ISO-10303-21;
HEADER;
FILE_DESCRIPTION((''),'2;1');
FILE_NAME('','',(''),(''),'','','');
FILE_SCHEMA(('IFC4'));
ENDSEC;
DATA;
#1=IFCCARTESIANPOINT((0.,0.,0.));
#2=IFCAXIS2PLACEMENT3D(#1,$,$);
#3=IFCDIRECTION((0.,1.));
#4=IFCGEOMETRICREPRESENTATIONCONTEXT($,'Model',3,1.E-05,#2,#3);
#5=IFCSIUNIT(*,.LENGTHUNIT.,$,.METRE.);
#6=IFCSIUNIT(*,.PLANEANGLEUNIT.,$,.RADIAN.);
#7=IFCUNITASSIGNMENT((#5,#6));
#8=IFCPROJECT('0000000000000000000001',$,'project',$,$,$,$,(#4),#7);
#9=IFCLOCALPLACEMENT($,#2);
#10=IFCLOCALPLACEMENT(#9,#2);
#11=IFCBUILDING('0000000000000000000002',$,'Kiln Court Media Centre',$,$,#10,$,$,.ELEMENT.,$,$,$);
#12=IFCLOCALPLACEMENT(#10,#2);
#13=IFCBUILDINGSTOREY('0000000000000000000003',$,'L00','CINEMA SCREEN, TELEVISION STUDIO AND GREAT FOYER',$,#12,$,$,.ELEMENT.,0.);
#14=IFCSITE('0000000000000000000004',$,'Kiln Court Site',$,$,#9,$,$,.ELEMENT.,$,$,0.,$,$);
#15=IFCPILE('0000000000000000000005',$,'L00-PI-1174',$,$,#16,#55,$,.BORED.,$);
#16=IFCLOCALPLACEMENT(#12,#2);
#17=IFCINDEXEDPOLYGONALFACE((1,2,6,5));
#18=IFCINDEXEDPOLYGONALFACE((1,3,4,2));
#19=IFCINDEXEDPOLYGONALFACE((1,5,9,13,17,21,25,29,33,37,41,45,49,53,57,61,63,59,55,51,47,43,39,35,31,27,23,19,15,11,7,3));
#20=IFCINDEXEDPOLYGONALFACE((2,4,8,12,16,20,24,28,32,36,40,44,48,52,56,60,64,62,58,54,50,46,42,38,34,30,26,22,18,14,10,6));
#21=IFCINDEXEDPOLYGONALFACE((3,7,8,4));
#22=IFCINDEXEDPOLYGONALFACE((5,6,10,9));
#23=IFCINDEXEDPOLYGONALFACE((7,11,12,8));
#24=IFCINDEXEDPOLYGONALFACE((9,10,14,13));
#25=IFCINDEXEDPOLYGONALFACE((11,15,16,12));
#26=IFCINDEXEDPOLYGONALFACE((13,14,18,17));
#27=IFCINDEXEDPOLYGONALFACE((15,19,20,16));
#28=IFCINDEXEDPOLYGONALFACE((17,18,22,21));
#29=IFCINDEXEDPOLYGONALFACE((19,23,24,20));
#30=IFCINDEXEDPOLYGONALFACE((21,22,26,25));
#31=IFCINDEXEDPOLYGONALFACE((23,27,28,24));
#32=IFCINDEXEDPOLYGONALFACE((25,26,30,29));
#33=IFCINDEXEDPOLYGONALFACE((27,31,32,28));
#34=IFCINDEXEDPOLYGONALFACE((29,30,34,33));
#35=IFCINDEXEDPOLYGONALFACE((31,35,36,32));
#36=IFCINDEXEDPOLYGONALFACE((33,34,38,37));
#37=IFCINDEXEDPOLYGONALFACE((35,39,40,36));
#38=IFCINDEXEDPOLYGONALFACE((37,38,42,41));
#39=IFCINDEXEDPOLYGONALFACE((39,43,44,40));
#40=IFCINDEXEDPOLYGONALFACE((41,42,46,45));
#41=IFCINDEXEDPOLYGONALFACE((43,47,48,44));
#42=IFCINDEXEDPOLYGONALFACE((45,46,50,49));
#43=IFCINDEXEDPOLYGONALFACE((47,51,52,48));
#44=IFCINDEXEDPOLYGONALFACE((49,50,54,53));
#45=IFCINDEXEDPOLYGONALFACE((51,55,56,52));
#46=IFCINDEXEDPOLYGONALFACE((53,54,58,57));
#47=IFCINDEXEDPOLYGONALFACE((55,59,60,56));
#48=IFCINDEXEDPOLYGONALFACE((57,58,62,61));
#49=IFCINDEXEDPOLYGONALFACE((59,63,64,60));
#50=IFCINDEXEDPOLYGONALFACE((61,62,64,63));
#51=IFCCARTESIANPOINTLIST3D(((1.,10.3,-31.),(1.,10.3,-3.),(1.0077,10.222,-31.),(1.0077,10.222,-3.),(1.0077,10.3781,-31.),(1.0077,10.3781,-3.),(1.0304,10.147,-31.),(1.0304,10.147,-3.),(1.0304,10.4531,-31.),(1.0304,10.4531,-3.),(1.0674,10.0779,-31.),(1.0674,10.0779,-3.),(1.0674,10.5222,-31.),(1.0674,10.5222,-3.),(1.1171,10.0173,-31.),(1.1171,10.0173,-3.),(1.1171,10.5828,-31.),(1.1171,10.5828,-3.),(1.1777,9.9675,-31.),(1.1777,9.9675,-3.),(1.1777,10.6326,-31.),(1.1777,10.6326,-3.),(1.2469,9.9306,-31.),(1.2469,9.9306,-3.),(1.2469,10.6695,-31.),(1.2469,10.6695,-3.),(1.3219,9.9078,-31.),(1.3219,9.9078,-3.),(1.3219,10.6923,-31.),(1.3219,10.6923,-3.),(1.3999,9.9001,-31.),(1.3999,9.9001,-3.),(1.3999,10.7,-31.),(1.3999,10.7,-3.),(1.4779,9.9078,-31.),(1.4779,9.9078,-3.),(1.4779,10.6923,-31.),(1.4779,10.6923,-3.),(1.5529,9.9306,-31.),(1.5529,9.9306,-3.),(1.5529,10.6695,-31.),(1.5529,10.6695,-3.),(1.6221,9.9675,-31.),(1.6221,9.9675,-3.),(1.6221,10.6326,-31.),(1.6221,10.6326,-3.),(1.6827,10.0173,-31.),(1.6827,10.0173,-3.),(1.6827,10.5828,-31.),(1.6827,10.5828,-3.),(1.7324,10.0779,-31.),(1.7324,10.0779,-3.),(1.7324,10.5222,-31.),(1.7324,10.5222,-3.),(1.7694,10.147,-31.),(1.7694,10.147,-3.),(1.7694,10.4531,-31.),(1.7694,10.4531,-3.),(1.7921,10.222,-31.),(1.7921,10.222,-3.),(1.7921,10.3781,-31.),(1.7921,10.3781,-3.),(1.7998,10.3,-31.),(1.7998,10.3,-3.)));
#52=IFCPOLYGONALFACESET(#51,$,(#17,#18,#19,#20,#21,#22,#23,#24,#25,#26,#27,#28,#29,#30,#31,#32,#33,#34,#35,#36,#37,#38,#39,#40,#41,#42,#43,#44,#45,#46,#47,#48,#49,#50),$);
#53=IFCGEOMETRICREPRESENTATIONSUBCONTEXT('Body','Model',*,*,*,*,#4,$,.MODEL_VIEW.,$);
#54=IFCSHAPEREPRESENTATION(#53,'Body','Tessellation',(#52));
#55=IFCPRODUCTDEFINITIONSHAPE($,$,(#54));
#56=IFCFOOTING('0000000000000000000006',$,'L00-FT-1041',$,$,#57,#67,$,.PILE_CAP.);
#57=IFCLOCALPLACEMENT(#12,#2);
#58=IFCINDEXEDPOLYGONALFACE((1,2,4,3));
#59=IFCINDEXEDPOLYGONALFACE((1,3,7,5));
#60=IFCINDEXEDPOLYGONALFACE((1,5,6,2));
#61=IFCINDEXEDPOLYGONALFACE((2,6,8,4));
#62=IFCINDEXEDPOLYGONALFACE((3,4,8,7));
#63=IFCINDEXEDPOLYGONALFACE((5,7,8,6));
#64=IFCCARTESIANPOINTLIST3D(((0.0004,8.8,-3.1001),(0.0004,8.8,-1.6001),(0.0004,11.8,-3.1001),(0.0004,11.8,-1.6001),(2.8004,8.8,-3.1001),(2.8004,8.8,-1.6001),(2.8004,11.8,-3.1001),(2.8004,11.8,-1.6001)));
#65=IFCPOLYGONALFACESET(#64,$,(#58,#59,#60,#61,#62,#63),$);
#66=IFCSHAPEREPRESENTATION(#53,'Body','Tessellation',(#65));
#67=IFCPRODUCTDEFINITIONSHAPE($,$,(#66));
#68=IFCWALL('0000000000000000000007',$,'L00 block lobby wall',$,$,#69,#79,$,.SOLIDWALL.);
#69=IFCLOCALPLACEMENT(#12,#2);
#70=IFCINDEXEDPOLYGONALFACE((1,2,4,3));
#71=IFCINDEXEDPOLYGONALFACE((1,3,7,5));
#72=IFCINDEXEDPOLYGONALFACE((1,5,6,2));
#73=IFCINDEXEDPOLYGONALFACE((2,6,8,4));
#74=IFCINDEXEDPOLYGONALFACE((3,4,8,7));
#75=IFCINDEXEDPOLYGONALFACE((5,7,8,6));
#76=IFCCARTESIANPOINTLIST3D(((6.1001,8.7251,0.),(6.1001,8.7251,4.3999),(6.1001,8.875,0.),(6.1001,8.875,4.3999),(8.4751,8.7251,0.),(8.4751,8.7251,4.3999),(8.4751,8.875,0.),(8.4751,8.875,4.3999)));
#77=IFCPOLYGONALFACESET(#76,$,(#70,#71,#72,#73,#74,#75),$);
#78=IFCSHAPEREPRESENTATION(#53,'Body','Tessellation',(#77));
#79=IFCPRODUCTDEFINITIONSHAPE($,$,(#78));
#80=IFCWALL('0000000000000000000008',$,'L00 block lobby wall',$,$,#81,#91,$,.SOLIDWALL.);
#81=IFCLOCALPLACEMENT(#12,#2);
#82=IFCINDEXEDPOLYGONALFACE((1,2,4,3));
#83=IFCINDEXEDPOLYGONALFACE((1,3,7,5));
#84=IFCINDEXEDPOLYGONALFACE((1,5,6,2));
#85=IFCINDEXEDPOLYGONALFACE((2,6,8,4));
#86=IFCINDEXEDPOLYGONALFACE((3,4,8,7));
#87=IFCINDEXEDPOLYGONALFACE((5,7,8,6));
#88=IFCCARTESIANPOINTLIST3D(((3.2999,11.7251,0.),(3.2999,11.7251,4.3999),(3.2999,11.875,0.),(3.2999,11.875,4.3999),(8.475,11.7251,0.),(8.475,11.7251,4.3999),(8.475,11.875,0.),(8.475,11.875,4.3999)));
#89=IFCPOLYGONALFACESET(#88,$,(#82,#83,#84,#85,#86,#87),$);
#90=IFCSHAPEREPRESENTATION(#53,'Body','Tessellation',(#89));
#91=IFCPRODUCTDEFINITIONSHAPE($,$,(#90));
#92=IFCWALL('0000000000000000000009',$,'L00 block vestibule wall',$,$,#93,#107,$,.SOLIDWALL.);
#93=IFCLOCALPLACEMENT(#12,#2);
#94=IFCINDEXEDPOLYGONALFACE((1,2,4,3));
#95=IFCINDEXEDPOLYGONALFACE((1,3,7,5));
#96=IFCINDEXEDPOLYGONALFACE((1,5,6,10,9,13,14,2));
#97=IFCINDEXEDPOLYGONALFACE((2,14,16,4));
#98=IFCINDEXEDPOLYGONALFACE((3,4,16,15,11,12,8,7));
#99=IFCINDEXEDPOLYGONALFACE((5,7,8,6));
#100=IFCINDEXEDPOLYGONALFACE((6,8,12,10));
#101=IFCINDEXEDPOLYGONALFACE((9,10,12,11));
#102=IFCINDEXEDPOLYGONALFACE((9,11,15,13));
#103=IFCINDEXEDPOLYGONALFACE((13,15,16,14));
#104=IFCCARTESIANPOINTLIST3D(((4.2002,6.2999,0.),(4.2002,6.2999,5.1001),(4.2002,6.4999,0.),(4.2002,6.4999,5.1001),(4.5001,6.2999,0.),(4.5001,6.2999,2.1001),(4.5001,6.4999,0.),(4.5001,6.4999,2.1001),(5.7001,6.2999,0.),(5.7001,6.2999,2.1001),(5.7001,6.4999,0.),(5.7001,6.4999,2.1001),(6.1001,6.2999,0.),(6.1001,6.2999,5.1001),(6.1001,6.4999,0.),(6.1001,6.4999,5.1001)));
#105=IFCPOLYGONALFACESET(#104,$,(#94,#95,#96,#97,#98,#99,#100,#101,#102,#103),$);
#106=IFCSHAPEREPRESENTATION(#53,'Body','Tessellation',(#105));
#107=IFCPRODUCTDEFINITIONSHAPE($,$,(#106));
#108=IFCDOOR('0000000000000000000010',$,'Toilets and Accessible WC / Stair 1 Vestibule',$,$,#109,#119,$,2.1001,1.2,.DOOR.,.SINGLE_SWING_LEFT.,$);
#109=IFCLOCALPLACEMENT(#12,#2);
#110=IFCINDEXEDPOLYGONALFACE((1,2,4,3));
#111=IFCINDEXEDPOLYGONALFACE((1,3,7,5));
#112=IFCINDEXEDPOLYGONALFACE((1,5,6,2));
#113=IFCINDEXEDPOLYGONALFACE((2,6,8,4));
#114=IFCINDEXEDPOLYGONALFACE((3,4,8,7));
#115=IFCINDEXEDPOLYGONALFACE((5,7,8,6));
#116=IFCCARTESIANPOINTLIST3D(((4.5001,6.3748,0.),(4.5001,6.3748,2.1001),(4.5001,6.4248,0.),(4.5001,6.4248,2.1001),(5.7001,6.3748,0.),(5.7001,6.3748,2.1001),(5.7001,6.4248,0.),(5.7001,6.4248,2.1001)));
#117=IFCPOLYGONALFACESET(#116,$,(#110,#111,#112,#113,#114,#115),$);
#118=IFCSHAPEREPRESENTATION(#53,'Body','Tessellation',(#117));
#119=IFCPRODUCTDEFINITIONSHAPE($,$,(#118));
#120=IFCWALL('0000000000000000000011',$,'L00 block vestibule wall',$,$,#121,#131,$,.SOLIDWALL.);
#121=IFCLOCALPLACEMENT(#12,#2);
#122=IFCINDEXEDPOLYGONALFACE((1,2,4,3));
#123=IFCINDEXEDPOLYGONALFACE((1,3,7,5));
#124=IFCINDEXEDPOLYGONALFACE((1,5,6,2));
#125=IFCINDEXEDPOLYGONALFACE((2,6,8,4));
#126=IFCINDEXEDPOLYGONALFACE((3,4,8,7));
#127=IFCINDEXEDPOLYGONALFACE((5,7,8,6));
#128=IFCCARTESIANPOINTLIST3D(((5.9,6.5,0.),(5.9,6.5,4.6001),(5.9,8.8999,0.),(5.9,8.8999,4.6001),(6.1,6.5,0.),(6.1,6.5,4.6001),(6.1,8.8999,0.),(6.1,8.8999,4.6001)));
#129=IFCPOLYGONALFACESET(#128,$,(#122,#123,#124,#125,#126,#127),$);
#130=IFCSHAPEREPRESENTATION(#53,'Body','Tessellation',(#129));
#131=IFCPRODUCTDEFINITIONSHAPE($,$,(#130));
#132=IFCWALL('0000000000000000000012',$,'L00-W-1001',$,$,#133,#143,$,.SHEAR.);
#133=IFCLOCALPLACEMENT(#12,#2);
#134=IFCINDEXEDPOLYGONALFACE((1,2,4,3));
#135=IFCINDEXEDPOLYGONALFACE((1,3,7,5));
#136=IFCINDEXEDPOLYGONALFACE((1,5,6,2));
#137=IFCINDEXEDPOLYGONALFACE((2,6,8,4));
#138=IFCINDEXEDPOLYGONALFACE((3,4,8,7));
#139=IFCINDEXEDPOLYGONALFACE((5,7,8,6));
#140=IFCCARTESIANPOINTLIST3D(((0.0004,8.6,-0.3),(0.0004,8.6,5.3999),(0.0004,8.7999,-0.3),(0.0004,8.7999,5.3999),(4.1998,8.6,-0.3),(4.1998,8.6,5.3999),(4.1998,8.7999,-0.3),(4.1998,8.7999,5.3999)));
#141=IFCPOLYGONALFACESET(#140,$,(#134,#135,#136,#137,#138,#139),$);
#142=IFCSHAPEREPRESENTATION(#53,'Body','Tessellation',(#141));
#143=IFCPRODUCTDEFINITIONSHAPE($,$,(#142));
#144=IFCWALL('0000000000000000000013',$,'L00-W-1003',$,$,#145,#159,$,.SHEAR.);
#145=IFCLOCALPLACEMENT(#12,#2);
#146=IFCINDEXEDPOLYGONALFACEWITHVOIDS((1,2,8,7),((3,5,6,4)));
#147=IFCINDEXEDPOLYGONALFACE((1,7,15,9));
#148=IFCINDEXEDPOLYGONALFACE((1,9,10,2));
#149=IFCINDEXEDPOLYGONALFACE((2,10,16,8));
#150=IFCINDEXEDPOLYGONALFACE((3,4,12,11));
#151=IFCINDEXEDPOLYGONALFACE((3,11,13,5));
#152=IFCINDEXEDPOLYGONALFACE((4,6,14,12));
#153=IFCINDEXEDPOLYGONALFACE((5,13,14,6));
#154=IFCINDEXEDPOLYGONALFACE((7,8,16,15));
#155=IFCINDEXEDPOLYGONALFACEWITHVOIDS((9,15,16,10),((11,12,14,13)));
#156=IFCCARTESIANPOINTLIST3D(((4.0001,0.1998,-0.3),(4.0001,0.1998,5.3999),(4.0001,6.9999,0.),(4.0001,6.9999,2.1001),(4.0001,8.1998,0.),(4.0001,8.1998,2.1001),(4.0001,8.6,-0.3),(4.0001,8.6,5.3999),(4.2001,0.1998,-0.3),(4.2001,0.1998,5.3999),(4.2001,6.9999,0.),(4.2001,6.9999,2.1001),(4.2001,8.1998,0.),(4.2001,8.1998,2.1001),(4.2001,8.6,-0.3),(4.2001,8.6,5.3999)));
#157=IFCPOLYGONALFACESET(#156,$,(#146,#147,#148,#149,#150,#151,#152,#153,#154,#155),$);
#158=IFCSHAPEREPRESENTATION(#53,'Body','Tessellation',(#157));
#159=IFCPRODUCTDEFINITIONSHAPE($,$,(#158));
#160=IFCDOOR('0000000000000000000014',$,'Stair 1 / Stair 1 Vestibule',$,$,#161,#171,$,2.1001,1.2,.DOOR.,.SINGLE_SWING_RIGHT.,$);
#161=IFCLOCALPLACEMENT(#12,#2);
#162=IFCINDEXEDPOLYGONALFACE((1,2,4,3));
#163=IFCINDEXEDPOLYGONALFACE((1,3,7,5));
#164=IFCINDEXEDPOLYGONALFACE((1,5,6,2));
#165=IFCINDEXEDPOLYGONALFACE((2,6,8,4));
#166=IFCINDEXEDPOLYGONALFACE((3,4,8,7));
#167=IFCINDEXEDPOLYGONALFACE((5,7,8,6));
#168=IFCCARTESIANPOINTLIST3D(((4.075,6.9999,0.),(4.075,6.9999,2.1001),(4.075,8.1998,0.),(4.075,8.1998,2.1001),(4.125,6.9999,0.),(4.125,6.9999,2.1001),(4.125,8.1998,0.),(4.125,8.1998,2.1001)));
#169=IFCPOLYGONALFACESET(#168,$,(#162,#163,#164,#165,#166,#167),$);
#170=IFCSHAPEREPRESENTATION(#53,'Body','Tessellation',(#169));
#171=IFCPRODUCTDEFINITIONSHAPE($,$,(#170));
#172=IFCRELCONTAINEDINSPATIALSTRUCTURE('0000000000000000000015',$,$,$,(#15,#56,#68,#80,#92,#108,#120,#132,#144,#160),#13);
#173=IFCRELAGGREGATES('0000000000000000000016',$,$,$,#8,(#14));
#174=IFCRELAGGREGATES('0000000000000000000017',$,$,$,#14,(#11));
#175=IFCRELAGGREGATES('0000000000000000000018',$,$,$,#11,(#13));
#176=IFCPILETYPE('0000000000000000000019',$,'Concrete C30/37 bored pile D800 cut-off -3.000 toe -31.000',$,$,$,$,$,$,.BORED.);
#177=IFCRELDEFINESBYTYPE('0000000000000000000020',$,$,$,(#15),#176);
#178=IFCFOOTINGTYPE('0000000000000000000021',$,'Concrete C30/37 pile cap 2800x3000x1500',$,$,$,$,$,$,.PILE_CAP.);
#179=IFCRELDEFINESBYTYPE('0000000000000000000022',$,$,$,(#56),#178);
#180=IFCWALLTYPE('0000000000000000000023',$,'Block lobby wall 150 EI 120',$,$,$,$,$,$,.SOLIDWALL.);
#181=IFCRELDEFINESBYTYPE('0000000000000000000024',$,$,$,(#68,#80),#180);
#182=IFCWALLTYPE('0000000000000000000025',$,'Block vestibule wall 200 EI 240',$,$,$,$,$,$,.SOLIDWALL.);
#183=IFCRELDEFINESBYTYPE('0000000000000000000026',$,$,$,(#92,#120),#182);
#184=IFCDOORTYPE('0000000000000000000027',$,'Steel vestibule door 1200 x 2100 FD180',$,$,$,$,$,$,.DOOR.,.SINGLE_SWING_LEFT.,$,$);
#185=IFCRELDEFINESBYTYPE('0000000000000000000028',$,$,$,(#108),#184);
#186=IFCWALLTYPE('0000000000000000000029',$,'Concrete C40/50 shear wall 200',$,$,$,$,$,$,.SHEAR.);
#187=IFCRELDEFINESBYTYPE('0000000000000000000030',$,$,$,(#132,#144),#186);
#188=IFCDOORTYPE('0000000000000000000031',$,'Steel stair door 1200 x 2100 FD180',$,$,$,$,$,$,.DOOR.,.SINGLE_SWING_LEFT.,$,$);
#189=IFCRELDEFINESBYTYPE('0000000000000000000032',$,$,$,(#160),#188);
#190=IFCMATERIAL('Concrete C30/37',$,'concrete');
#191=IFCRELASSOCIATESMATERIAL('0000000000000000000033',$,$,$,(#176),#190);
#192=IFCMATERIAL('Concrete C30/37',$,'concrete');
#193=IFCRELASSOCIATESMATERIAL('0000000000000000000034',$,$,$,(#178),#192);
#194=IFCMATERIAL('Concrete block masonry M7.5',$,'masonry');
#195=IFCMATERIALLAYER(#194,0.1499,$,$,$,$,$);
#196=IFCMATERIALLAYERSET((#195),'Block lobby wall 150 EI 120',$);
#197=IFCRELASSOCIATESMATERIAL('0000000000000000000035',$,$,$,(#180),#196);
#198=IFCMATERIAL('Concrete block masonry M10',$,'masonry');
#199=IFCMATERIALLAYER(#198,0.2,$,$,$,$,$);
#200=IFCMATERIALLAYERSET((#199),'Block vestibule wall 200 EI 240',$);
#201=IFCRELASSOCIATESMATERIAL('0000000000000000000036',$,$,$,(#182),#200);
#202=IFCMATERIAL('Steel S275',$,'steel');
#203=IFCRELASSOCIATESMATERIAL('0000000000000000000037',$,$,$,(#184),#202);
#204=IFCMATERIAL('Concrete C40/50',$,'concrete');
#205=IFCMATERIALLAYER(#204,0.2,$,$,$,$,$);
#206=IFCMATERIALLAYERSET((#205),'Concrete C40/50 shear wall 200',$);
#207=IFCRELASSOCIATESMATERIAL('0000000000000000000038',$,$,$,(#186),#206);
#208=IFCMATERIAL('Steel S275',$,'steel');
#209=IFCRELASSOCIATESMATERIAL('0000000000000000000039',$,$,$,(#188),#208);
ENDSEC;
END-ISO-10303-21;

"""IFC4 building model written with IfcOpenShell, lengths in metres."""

from ifc_helpers import new_model, si_unit, direction, frame, frame_2d, origin, origin_2d, place, context, subcontext, project, spatial, rectangle, circle, extrude, material, layer, layer_set, material_profile, profile_set, type_object, element, fill, save


model = new_model("IFC4")

# Units and contexts
model_context = context("Model", 3, precision=1e-05, world=origin(), true_north=direction((0.0, 1.0)))
body_context = subcontext(model_context, "Body", "Model", "MODEL_VIEW")
ifc_project = project(units=[si_unit("LENGTHUNIT", "METRE"), si_unit("PLANEANGLEUNIT", "RADIAN")], contexts=[model_context])

# Site, building, storey
site_placement = place(None, origin())
site = spatial("IfcSite", under=ifc_project, at=site_placement, Name="Kiln Court Site", CompositionType="ELEMENT", RefElevation=0.0)
building_placement = place(site_placement, origin())
building = spatial("IfcBuilding", under=site, at=building_placement, Name="Kiln Court Media Centre", CompositionType="ELEMENT")
storey_placement = place(building_placement, origin())
storey = spatial("IfcBuildingStorey", under=building, at=storey_placement, Name="L00", Description="CINEMA SCREEN, TELEVISION STUDIO AND GREAT FOYER", CompositionType="ELEMENT", Elevation=0.0)

# Pile
ifc_material_1 = material(Name="Concrete C30/37", Category="concrete")
ifc_material_profile_1 = material_profile(ifc_material_1, circle(Radius=0.3999, at=origin_2d()), Name="PILE D800")
ifc_profile_set_1 = profile_set([ifc_material_profile_1], Name="Concrete C30/37")
pile_type_1 = type_object("IfcPileType", Name="Concrete C30/37 bored pile D800 cut-off -3.000 toe -31.000", PredefinedType="BORED", material=ifc_profile_set_1)
pile_placement = place(storey_placement, frame((1.3999, 10.3, -3.0), z_axis=(0.0, 0.0, -1.0), x_axis=(1.0, 0.0, 0.0)))
element("IfcPile", 1, at=pile_placement, inside=storey, type_object=pile_type_1, Name="L00-PI-1174", PredefinedType="BORED", context=body_context, shape_type="SweptSolid", body=[
    extrude(circle(Radius=0.3999, at=origin_2d()), origin(), (0.0, 0.0, 1.0), 28.0),
])

# Footing
ifc_material_2 = material(Name="Concrete C30/37", Category="concrete")
footing_type = type_object("IfcFootingType", Name="Concrete C30/37 pile cap 2800x3000x1500", PredefinedType="PILE_CAP", material=ifc_material_2)
footing_placement = place(storey_placement, frame((1.4004, 10.3, -3.1001), z_axis=(0.0, 0.0, 1.0), x_axis=(1.0, 0.0, 0.0)))
element("IfcFooting", 2, at=footing_placement, inside=storey, type_object=footing_type, Name="L00-FT-1041", PredefinedType="PILE_CAP", context=body_context, shape_type="SweptSolid", body=[
    extrude(rectangle(XDim=2.8, YDim=3.0, at=origin_2d()), origin(), (0.0, 0.0, 1.0), 1.5),
])

# Walls
ifc_material_3 = material(Name="Concrete block masonry M7.5", Category="masonry")
ifc_layer_1 = layer(ifc_material_3, 0.1499)
ifc_layer_set_1 = layer_set([ifc_layer_1], Name="Block lobby wall 150 EI 120")
wall_type_1 = type_object("IfcWallType", Name="Block lobby wall 150 EI 120", PredefinedType="SOLIDWALL", material=ifc_layer_set_1)
wall_1_placement = place(storey_placement, frame((6.1001, 8.8, 0.0), z_axis=(0.0, 0.0, 1.0), x_axis=(1.0, 0.0, 0.0)))
element("IfcWall", 3, at=wall_1_placement, inside=storey, type_object=wall_type_1, Name="L00 block lobby wall", PredefinedType="SOLIDWALL", context=body_context, shape_type="SweptSolid", body=[
    extrude(rectangle(XDim=2.375, YDim=0.1499, at=frame_2d((1.1875, 0.0))), origin(), (0.0, 0.0, 1.0), 4.3999),
])
wall_2_placement = place(storey_placement, frame((3.3, 11.8, 0.0), z_axis=(0.0, 0.0, 1.0), x_axis=(1.0, 0.0, 0.0)))
element("IfcWall", 4, at=wall_2_placement, inside=storey, type_object=wall_type_1, Name="L00 block lobby wall", PredefinedType="SOLIDWALL", context=body_context, shape_type="SweptSolid", body=[
    extrude(rectangle(XDim=5.175, YDim=0.1499, at=frame_2d((2.5874, 0.0))), origin(), (0.0, 0.0, 1.0), 4.3999),
])

# Wall, opening, door
ifc_material_4 = material(Name="Concrete block masonry M10", Category="masonry")
ifc_layer_2 = layer(ifc_material_4, 0.2)
ifc_layer_set_2 = layer_set([ifc_layer_2], Name="Block vestibule wall 200 EI 240")
wall_type_2 = type_object("IfcWallType", Name="Block vestibule wall 200 EI 240", PredefinedType="SOLIDWALL", material=ifc_layer_set_2)
wall_3_placement = place(storey_placement, frame((4.2002, 6.3999, 0.0), z_axis=(0.0, 0.0, 1.0), x_axis=(1.0, 0.0, 0.0)))
wall_3 = element("IfcWall", 5, at=wall_3_placement, inside=storey, type_object=wall_type_2, Name="L00 block vestibule wall", PredefinedType="SOLIDWALL", context=body_context, shape_type="SweptSolid", body=[
    extrude(rectangle(XDim=1.8999, YDim=0.2, at=frame_2d((0.95, 0.0))), origin(), (0.0, 0.0, 1.0), 5.1001),
])
opening_1_placement = place(wall_3_placement, frame((0.2998, 0.0, 0.0)))
opening_1 = element("IfcOpeningElement", 6, at=opening_1_placement, cuts=wall_3, PredefinedType="OPENING", context=body_context, shape_type="SweptSolid", body=[
    extrude(rectangle(XDim=1.2, YDim=2.1001, at=frame_2d((0.6001, 1.05))), frame((0.0, 0.1099, 0.0), z_axis=(0.0, -1.0, 0.0), x_axis=(1.0, 0.0, 0.0)), (0.0, 0.0, 1.0), 0.22),
])
ifc_material_5 = material(Name="Steel S275", Category="steel")
door_type_1 = type_object("IfcDoorType", Name="Steel vestibule door 1200 x 2100 FD180", OperationType="SINGLE_SWING_LEFT", PredefinedType="DOOR", material=ifc_material_5)
door_1_placement = place(opening_1_placement, origin())
door_1 = element("IfcDoor", 7, at=door_1_placement, inside=storey, type_object=door_type_1, Name="Toilets and Accessible WC / Stair 1 Vestibule", OperationType="SINGLE_SWING_LEFT", OverallHeight=2.1001, OverallWidth=1.2, PredefinedType="DOOR", context=body_context, shape_type="SweptSolid", body=[
    extrude(rectangle(XDim=1.2, YDim=2.1001, at=frame_2d((0.6001, 1.05))), frame((0.0, 0.0249, 0.0), z_axis=(0.0, -1.0, 0.0), x_axis=(1.0, 0.0, 0.0)), (0.0, 0.0, 1.0), 0.05),
])
fill(opening_1, door_1)

# Walls
wall_4_placement = place(storey_placement, frame((6.0, 6.5, 0.0), z_axis=(0.0, 0.0, 1.0), x_axis=(0.0, 1.0, 0.0)))
element("IfcWall", 8, at=wall_4_placement, inside=storey, type_object=wall_type_2, Name="L00 block vestibule wall", PredefinedType="SOLIDWALL", context=body_context, shape_type="SweptSolid", body=[
    extrude(rectangle(XDim=2.3999, YDim=0.2, at=frame_2d((1.2, 0.0))), origin(), (0.0, 0.0, 1.0), 4.6001),
])
ifc_material_6 = material(Name="Concrete C40/50", Category="concrete")
ifc_layer_3 = layer(ifc_material_6, 0.2)
ifc_layer_set_3 = layer_set([ifc_layer_3], Name="Concrete C40/50 shear wall 200")
wall_type_3 = type_object("IfcWallType", Name="Concrete C40/50 shear wall 200", PredefinedType="SHEAR", material=ifc_layer_set_3)
wall_5_placement = place(storey_placement, frame((0.0005, 8.7, -0.3), z_axis=(0.0, 0.0, 1.0), x_axis=(1.0, 0.0, 0.0)))
element("IfcWall", 9, at=wall_5_placement, inside=storey, type_object=wall_type_3, Name="L00-W-1001", PredefinedType="SHEAR", context=body_context, shape_type="SweptSolid", body=[
    extrude(rectangle(XDim=4.1995, YDim=0.2, at=frame_2d((2.0996, 0.0))), origin(), (0.0, 0.0, 1.0), 5.7),
])

# Wall, opening, door
wall_6_placement = place(storey_placement, frame((4.1001, 8.6001, -0.3), z_axis=(0.0, 0.0, 1.0), x_axis=(0.0, -1.0, 0.0)))
wall_6 = element("IfcWall", 10, at=wall_6_placement, inside=storey, type_object=wall_type_3, Name="L00-W-1003", PredefinedType="SHEAR", context=body_context, shape_type="SweptSolid", body=[
    extrude(rectangle(XDim=8.4001, YDim=0.2, at=frame_2d((4.2002, 0.0))), origin(), (0.0, 0.0, 1.0), 5.7),
])
opening_2_placement = place(wall_6_placement, frame((0.4001, 0.0, 0.3)))
opening_2 = element("IfcOpeningElement", 11, at=opening_2_placement, cuts=wall_6, PredefinedType="OPENING", context=body_context, shape_type="SweptSolid", body=[
    extrude(rectangle(XDim=1.2, YDim=2.1001, at=frame_2d((0.6001, 1.05))), frame((0.0, 0.1099, 0.0), z_axis=(0.0, -1.0, 0.0), x_axis=(1.0, 0.0, 0.0)), (0.0, 0.0, 1.0), 0.22),
])
ifc_material_7 = material(Name="Steel S275", Category="steel")
door_type_2 = type_object("IfcDoorType", Name="Steel stair door 1200 x 2100 FD180", OperationType="SINGLE_SWING_LEFT", PredefinedType="DOOR", material=ifc_material_7)
door_2_placement = place(opening_2_placement, origin())
door_2 = element("IfcDoor", 12, at=door_2_placement, inside=storey, type_object=door_type_2, Name="Stair 1 / Stair 1 Vestibule", OperationType="SINGLE_SWING_RIGHT", OverallHeight=2.1001, OverallWidth=1.2, PredefinedType="DOOR", context=body_context, shape_type="SweptSolid", body=[
    extrude(rectangle(XDim=1.2, YDim=2.1001, at=frame_2d((0.6001, 1.05))), frame((0.0, 0.0249, 0.0), z_axis=(0.0, -1.0, 0.0), x_axis=(1.0, 0.0, 0.0)), (0.0, 0.0, 1.0), 0.05),
])
fill(opening_2, door_2)

save(model, "model.ifc")
